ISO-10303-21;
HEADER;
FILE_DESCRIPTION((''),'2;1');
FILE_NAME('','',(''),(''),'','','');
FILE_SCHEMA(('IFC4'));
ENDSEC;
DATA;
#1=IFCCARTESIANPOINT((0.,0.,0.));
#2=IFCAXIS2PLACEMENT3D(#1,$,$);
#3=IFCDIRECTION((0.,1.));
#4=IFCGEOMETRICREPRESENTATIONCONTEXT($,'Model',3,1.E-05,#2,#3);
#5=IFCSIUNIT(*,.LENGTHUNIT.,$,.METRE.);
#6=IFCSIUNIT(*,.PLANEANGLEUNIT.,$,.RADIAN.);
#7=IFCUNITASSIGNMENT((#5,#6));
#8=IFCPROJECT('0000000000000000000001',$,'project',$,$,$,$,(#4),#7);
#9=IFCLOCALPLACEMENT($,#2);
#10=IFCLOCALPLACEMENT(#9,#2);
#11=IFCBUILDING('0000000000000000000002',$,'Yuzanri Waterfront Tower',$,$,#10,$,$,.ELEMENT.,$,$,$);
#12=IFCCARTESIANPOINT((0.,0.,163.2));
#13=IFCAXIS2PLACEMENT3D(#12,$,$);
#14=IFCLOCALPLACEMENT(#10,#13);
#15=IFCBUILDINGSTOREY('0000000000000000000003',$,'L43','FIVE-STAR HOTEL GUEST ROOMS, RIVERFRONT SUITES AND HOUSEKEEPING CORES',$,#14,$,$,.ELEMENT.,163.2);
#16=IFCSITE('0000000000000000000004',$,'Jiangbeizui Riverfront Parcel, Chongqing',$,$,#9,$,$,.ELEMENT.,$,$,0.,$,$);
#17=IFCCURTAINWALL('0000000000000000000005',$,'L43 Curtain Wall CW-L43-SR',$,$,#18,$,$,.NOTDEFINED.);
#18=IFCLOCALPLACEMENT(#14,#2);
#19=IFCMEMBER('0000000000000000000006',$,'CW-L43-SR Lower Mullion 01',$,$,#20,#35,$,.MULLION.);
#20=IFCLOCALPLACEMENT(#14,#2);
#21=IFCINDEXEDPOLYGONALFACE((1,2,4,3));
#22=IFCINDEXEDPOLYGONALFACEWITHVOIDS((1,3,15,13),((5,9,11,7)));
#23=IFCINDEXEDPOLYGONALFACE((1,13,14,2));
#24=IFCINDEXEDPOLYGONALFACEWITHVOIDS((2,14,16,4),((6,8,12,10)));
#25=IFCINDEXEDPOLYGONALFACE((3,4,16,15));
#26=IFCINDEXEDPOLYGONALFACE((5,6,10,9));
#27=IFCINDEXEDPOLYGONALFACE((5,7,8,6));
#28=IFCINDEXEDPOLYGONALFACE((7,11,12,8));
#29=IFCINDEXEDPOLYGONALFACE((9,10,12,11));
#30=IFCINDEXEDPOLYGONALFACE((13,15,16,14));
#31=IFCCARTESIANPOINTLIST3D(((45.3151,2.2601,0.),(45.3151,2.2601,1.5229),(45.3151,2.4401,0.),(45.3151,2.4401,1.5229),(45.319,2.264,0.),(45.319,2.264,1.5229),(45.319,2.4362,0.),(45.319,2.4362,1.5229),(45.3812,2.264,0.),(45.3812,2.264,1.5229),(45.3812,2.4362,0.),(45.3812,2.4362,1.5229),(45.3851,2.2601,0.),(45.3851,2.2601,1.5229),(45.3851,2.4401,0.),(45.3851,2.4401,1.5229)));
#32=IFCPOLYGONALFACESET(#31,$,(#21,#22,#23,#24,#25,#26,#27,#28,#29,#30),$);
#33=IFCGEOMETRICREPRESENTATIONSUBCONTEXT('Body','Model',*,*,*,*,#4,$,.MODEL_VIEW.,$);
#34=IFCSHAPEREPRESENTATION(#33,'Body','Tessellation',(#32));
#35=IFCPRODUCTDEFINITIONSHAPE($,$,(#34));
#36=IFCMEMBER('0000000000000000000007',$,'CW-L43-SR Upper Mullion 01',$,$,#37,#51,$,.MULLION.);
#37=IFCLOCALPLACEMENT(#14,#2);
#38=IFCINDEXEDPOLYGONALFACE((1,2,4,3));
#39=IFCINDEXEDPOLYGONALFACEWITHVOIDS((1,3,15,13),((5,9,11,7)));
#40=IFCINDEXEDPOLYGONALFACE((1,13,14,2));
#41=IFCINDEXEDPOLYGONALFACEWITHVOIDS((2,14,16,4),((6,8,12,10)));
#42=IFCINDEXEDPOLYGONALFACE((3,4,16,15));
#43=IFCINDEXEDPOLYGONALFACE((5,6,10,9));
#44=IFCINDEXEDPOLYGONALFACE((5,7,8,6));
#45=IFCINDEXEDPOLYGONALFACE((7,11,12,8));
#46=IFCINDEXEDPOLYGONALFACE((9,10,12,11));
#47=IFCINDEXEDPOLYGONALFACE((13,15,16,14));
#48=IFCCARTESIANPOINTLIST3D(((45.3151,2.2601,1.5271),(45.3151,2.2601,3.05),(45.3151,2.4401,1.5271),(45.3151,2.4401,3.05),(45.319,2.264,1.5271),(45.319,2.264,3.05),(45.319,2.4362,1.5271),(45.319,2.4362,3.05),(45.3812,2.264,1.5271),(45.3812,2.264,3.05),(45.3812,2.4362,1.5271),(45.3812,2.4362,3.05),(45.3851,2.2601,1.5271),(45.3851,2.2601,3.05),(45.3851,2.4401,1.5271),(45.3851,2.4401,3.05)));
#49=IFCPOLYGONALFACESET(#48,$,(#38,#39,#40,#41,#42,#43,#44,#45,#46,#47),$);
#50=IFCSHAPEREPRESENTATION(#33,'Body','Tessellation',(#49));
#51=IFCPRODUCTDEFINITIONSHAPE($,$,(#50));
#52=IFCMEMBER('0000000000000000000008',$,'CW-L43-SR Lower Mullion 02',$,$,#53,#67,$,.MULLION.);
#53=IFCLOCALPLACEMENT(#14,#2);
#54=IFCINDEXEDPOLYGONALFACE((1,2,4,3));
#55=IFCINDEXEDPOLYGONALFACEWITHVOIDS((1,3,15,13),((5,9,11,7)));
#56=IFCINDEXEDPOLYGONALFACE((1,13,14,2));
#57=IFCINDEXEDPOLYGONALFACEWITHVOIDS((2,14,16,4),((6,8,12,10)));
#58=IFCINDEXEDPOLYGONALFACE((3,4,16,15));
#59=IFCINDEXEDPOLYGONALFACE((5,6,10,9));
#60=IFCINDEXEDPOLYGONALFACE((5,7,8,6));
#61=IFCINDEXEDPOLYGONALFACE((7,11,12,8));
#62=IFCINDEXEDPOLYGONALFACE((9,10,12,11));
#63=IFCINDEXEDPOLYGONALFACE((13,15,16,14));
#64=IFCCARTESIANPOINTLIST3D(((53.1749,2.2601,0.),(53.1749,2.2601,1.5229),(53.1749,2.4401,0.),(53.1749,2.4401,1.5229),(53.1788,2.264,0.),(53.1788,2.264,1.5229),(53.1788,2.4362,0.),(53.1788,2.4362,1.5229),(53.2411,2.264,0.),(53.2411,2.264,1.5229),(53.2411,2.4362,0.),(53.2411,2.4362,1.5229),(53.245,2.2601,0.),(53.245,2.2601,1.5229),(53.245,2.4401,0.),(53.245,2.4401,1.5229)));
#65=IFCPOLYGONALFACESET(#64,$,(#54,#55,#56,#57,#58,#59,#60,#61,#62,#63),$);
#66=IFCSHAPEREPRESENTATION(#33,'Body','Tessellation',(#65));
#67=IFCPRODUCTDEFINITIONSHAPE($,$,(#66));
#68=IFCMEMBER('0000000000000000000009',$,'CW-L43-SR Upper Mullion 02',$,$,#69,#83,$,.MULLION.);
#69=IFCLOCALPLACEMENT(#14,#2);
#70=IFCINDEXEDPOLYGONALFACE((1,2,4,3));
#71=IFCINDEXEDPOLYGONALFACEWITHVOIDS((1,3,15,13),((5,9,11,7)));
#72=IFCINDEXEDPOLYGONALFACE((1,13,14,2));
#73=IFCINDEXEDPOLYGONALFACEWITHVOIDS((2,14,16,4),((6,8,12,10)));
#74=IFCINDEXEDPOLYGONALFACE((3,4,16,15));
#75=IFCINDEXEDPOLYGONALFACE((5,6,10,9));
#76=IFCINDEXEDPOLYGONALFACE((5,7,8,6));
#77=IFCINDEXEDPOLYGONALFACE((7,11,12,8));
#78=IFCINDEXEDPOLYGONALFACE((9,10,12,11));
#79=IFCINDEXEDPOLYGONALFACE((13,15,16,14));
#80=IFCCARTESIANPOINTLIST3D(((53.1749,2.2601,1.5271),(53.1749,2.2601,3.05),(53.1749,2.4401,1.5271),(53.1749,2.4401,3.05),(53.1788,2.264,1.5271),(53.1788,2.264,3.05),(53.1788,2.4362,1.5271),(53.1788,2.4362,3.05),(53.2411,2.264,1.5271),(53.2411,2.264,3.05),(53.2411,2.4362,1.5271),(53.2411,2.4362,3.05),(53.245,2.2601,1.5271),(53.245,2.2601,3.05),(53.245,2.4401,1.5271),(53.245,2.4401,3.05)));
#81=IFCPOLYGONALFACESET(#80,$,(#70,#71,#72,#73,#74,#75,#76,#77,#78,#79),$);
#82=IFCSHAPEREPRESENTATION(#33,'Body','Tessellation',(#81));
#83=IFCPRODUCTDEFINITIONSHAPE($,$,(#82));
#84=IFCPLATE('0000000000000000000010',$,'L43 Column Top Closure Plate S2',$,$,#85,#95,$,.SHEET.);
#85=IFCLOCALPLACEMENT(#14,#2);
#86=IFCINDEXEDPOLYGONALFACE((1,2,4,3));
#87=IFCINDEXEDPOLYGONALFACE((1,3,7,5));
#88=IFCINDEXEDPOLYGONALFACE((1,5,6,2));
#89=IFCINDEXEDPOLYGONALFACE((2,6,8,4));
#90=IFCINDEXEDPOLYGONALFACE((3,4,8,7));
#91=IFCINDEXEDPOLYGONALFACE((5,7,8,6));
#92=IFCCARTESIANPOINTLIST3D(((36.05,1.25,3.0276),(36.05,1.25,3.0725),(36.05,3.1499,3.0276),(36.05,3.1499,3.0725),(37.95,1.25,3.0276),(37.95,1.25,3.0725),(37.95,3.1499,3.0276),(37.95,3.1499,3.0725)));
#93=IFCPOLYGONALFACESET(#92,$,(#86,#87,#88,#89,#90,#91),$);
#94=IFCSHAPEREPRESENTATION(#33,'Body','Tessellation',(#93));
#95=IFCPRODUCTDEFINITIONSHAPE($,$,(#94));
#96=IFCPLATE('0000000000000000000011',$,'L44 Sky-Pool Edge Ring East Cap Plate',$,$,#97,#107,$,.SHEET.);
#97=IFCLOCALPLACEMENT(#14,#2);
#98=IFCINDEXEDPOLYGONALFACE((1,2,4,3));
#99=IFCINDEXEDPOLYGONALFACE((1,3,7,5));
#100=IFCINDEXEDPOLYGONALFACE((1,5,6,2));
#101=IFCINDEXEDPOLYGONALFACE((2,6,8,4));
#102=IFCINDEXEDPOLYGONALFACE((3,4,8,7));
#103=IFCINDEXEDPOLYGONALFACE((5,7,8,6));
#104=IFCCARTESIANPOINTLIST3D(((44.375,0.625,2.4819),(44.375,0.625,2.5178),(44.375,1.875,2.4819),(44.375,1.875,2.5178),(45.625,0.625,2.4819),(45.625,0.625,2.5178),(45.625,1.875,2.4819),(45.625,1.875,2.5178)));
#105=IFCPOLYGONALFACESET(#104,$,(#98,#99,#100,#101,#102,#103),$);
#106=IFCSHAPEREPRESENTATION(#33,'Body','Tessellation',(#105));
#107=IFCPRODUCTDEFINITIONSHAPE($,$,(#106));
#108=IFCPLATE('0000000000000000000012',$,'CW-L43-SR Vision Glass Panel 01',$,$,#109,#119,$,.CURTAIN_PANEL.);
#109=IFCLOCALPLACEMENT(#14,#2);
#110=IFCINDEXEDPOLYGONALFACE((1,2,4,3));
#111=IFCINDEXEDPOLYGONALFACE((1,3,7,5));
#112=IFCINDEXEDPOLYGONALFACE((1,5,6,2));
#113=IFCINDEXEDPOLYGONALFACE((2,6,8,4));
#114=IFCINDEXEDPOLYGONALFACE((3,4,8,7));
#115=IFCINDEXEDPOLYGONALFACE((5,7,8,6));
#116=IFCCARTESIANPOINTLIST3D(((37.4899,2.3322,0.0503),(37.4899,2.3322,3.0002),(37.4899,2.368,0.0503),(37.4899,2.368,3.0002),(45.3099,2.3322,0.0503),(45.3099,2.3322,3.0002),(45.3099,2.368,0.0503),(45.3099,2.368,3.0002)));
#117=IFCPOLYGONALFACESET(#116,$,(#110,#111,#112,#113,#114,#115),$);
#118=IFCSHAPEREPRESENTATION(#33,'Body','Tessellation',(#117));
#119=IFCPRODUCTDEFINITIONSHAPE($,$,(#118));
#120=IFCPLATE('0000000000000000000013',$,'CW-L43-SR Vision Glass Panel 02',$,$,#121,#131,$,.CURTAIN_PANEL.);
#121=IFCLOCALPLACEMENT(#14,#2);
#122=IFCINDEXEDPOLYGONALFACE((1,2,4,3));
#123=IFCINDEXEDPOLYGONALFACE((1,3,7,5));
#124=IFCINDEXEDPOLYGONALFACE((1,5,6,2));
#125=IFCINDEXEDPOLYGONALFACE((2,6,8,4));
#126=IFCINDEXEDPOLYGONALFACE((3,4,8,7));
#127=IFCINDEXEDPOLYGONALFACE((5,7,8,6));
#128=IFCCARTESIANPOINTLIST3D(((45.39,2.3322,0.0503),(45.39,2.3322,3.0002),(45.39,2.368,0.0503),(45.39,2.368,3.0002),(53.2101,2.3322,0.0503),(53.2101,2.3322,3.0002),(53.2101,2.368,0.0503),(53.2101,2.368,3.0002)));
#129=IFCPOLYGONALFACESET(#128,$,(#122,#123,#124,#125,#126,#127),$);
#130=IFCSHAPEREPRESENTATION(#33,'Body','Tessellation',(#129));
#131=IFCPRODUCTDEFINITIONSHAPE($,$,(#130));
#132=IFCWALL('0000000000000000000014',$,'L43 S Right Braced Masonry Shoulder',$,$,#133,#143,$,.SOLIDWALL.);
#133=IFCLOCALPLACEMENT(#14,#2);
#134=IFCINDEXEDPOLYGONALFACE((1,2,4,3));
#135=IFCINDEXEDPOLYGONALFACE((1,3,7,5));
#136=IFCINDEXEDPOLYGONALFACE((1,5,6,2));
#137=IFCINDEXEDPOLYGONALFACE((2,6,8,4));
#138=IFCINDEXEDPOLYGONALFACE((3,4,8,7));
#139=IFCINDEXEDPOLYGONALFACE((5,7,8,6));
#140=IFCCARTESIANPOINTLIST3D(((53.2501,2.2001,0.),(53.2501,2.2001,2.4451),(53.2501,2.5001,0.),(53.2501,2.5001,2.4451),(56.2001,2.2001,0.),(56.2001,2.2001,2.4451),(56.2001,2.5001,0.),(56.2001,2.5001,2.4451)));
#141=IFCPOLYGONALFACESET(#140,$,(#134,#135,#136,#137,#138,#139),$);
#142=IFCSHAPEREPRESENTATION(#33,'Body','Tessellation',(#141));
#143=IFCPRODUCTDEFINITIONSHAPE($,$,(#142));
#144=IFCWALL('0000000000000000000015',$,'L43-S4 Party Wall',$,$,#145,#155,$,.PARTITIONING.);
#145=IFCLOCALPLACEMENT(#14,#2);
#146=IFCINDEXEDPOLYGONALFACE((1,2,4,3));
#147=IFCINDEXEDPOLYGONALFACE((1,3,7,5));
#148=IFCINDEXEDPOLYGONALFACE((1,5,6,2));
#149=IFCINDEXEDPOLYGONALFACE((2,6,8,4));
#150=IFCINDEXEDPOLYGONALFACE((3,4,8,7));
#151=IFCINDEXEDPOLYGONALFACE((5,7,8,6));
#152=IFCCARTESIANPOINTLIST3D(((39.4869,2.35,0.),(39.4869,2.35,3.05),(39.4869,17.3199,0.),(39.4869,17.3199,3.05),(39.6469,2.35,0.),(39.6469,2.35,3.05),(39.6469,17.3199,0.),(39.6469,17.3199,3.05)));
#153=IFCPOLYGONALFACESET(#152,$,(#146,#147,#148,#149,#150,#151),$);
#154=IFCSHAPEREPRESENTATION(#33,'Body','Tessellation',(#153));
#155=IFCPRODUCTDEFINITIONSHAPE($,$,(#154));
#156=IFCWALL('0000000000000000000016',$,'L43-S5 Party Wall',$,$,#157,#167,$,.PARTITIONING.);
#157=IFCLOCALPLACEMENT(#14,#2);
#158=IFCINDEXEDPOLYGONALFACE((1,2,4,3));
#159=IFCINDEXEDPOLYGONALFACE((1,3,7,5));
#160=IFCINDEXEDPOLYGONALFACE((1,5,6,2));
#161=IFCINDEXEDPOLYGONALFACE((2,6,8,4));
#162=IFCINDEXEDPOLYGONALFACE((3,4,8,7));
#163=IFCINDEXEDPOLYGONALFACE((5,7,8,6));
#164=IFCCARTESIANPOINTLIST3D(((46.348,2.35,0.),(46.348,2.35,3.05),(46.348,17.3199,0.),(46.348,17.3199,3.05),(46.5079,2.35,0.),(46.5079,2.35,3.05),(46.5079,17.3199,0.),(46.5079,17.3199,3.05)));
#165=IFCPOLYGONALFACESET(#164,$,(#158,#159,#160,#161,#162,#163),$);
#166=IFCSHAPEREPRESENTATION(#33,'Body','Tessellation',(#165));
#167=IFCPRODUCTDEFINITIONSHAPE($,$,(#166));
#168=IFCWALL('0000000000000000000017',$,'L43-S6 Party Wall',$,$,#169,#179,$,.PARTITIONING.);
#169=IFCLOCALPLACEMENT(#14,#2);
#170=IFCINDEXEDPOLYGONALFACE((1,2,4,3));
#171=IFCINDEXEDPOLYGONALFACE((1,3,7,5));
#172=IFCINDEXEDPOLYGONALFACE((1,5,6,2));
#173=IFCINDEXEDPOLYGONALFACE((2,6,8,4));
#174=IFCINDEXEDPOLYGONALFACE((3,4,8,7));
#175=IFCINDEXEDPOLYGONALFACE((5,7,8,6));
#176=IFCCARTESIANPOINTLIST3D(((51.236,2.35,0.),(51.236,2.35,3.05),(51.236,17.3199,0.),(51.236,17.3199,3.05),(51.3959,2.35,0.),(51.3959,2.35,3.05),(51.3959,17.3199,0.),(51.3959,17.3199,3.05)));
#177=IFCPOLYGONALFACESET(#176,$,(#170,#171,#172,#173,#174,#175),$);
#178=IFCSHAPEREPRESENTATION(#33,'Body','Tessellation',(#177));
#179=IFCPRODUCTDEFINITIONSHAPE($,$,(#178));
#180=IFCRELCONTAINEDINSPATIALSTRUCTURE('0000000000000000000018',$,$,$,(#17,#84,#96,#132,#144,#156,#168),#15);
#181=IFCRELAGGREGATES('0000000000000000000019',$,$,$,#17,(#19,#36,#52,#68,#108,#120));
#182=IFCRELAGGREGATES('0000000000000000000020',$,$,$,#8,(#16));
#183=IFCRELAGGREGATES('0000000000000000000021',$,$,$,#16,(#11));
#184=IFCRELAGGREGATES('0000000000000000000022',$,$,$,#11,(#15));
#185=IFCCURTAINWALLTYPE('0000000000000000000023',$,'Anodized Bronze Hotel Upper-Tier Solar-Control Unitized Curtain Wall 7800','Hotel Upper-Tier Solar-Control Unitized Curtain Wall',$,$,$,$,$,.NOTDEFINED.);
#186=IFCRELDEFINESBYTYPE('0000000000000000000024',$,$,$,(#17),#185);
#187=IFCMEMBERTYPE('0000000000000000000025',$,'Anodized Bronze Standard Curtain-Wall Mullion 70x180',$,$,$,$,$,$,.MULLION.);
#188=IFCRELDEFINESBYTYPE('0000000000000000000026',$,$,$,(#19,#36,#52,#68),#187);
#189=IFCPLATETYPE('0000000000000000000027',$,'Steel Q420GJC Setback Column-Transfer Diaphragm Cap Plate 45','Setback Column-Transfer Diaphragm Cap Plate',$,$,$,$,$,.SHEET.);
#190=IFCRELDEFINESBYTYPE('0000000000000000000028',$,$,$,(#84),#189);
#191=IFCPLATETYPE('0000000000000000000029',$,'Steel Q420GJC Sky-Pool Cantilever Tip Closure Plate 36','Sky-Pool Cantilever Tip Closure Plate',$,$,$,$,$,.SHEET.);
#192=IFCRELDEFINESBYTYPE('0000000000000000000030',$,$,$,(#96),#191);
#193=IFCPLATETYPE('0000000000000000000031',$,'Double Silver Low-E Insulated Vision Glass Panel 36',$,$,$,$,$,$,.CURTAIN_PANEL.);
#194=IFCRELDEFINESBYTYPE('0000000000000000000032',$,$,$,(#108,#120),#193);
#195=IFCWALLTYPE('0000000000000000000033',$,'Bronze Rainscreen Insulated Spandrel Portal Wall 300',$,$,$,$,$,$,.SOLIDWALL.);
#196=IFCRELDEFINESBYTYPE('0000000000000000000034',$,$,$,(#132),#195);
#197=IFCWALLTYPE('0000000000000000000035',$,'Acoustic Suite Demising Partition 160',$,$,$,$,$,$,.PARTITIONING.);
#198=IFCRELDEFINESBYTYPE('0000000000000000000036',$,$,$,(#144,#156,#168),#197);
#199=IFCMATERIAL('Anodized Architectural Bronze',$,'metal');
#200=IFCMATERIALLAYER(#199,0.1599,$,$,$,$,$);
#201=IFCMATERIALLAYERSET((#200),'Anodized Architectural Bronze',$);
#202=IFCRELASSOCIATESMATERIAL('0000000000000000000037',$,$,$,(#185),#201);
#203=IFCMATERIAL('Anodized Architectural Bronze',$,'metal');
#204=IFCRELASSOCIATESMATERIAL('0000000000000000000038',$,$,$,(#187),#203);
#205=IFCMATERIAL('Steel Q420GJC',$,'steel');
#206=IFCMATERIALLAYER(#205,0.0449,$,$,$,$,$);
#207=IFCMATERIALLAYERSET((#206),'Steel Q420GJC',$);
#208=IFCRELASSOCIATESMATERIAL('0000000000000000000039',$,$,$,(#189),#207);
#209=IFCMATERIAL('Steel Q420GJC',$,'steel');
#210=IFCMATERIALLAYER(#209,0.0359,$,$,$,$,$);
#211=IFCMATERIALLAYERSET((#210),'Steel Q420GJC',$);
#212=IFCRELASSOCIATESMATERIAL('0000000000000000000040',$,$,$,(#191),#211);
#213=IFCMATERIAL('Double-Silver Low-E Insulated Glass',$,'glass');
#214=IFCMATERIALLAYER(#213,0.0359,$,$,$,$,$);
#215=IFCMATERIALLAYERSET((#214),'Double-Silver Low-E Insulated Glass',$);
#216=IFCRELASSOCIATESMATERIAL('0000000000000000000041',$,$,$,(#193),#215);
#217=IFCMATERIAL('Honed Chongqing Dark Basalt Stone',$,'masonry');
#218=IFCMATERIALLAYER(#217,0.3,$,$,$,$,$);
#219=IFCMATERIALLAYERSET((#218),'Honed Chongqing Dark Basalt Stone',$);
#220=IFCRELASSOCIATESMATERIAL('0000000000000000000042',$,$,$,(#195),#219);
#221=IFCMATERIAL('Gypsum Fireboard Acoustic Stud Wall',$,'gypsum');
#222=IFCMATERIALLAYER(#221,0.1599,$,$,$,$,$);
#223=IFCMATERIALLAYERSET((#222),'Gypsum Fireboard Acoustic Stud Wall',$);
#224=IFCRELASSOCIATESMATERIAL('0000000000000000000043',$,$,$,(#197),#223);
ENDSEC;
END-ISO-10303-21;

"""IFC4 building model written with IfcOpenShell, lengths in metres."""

from ifc_helpers import new_model, si_unit, direction, frame, frame_2d, origin, origin_2d, place, context, subcontext, project, spatial, rectangle, hollow_rectangle, extrude, source, transform, mapped, material, layer, layer_set, material_profile, profile_set, type_object, element, aggregate, save


model = new_model("IFC4")

# Units and contexts
model_context = context("Model", 3, precision=1e-05, world=origin(), true_north=direction((0.0, 1.0)))
body_context = subcontext(model_context, "Body", "Model", "MODEL_VIEW")
ifc_project = project(units=[si_unit("LENGTHUNIT", "METRE"), si_unit("PLANEANGLEUNIT", "RADIAN")], contexts=[model_context])

# Site, building, storey
site_placement = place(None, origin())
site = spatial("IfcSite", under=ifc_project, at=site_placement, Name="Jiangbeizui Riverfront Parcel, Chongqing", CompositionType="ELEMENT", RefElevation=0.0)
building_placement = place(site_placement, origin())
building = spatial("IfcBuilding", under=site, at=building_placement, Name="Yuzanri Waterfront Tower", CompositionType="ELEMENT")
storey_placement = place(building_placement, frame((0.0, 0.0, 163.2)))
storey = spatial("IfcBuildingStorey", under=building, at=storey_placement, Name="L43", Description="FIVE-STAR HOTEL GUEST ROOMS, RIVERFRONT SUITES AND HOUSEKEEPING CORES", CompositionType="ELEMENT", Elevation=163.2)

# Curtain wall, members
ifc_material_1 = material(Name="Anodized Architectural Bronze", Category="metal")
ifc_layer_1 = layer(ifc_material_1, 0.1599)
ifc_layer_set_1 = layer_set([ifc_layer_1], Name="Anodized Architectural Bronze")
curtain_wall_type = type_object("IfcCurtainWallType", Name="Anodized Bronze Hotel Upper-Tier Solar-Control Unitized Curtain Wall 7800", Description="Hotel Upper-Tier Solar-Control Unitized Curtain Wall", PredefinedType="NOTDEFINED", material=ifc_layer_set_1)
curtain_wall_placement = place(storey_placement, origin())
curtain_wall = element("IfcCurtainWall", 1, at=curtain_wall_placement, inside=storey, type_object=curtain_wall_type, Name="L43 Curtain Wall CW-L43-SR", PredefinedType="NOTDEFINED")
ifc_material_2 = material(Name="Anodized Architectural Bronze", Category="metal")
ifc_material_profile_1 = material_profile(ifc_material_2, hollow_rectangle(XDim=0.0701, YDim=0.1799, WallThickness=0.0039, at=origin_2d()), Name="CWM 70x180")
ifc_profile_set_1 = profile_set([ifc_material_profile_1], Name="Anodized Architectural Bronze")
member_type_1 = type_object("IfcMemberType", Name="Anodized Bronze Standard Curtain-Wall Mullion 70x180", PredefinedType="MULLION", material=ifc_profile_set_1)
shared_shape_1 = source(origin(), body_context, "Body", "SweptSolid", [
    extrude(hollow_rectangle(XDim=0.0701, YDim=0.1799, WallThickness=0.0039, at=origin_2d()), origin(), (0.0, 0.0, 1.0), 1.5229),
])
member_1_placement = place(storey_placement, frame((45.3501, 2.3501, 0.0), z_axis=(0.0, 0.0, 1.0), x_axis=(1.0, 0.0, 0.0)))
member_1 = element("IfcMember", 2, at=member_1_placement, type_object=member_type_1, Name="CW-L43-SR Lower Mullion 01", PredefinedType="MULLION", context=body_context, shape_type="MappedRepresentation", body=[
    mapped(shared_shape_1, transform((0.0, 0.0, 0.0), scale=1.0)),
])
member_2_placement = place(storey_placement, frame((45.3501, 2.3501, 1.5271), z_axis=(0.0, 0.0, 1.0), x_axis=(1.0, 0.0, 0.0)))
member_2 = element("IfcMember", 3, at=member_2_placement, type_object=member_type_1, Name="CW-L43-SR Upper Mullion 01", PredefinedType="MULLION", context=body_context, shape_type="MappedRepresentation", body=[
    mapped(shared_shape_1, transform((0.0, 0.0, 0.0), scale=1.0)),
])
member_3_placement = place(storey_placement, frame((53.21, 2.3501, 0.0), z_axis=(0.0, 0.0, 1.0), x_axis=(1.0, 0.0, 0.0)))
member_3 = element("IfcMember", 4, at=member_3_placement, type_object=member_type_1, Name="CW-L43-SR Lower Mullion 02", PredefinedType="MULLION", context=body_context, shape_type="MappedRepresentation", body=[
    mapped(shared_shape_1, transform((0.0, 0.0, 0.0), scale=1.0)),
])
member_4_placement = place(storey_placement, frame((53.21, 2.3501, 1.5271), z_axis=(0.0, 0.0, 1.0), x_axis=(1.0, 0.0, 0.0)))
member_4 = element("IfcMember", 5, at=member_4_placement, type_object=member_type_1, Name="CW-L43-SR Upper Mullion 02", PredefinedType="MULLION", context=body_context, shape_type="MappedRepresentation", body=[
    mapped(shared_shape_1, transform((0.0, 0.0, 0.0), scale=1.0)),
])

# Plates
ifc_material_3 = material(Name="Steel Q420GJC", Category="steel")
ifc_layer_2 = layer(ifc_material_3, 0.0449)
ifc_layer_set_2 = layer_set([ifc_layer_2], Name="Steel Q420GJC")
plate_type_1 = type_object("IfcPlateType", Name="Steel Q420GJC Setback Column-Transfer Diaphragm Cap Plate 45", Description="Setback Column-Transfer Diaphragm Cap Plate", PredefinedType="SHEET", material=ifc_layer_set_2)
shared_shape_2 = source(origin(), body_context, "Body", "SweptSolid", [
    extrude(rectangle(XDim=1.8999, YDim=1.8999, at=origin_2d()), origin(), (0.0, 0.0, 1.0), 0.0449),
])
plate_1_placement = place(storey_placement, frame((37.0, 2.2, 3.0276), z_axis=(0.0, 0.0, 1.0), x_axis=(1.0, 0.0, 0.0)))
element("IfcPlate", 6, at=plate_1_placement, inside=storey, type_object=plate_type_1, Name="L43 Column Top Closure Plate S2", PredefinedType="SHEET", context=body_context, shape_type="MappedRepresentation", body=[
    mapped(shared_shape_2, transform((0.0, 0.0, 0.0), scale=1.0)),
])
ifc_material_4 = material(Name="Steel Q420GJC", Category="steel")
ifc_layer_3 = layer(ifc_material_4, 0.0359)
ifc_layer_set_3 = layer_set([ifc_layer_3], Name="Steel Q420GJC")
plate_type_2 = type_object("IfcPlateType", Name="Steel Q420GJC Sky-Pool Cantilever Tip Closure Plate 36", Description="Sky-Pool Cantilever Tip Closure Plate", PredefinedType="SHEET", material=ifc_layer_set_3)
shared_shape_3 = source(origin(), body_context, "Body", "SweptSolid", [
    extrude(rectangle(XDim=1.25, YDim=1.25, at=origin_2d()), origin(), (0.0, 0.0, 1.0), 0.0359),
])
plate_2_placement = place(storey_placement, frame((45.0, 1.25, 2.4819), z_axis=(0.0, 0.0, 1.0), x_axis=(1.0, 0.0, 0.0)))
element("IfcPlate", 7, at=plate_2_placement, inside=storey, type_object=plate_type_2, Name="L44 Sky-Pool Edge Ring East Cap Plate", PredefinedType="SHEET", context=body_context, shape_type="MappedRepresentation", body=[
    mapped(shared_shape_3, transform((0.0, 0.0, 0.0), scale=1.0)),
])

# Plates
ifc_material_5 = material(Name="Double-Silver Low-E Insulated Glass", Category="glass")
ifc_layer_4 = layer(ifc_material_5, 0.0359)
ifc_layer_set_4 = layer_set([ifc_layer_4], Name="Double-Silver Low-E Insulated Glass")
plate_type_3 = type_object("IfcPlateType", Name="Double Silver Low-E Insulated Vision Glass Panel 36", PredefinedType="CURTAIN_PANEL", material=ifc_layer_set_4)
shared_shape_4 = source(origin(), body_context, "Body", "SweptSolid", [
    extrude(rectangle(XDim=7.8201, YDim=0.0359, at=origin_2d()), origin(), (0.0, 0.0, 1.0), 2.95),
])
plate_3_placement = place(storey_placement, frame((41.3999, 2.3501, 0.0503), z_axis=(0.0, 0.0, 1.0), x_axis=(1.0, 0.0, 0.0)))
plate_3 = element("IfcPlate", 8, at=plate_3_placement, type_object=plate_type_3, Name="CW-L43-SR Vision Glass Panel 01", PredefinedType="CURTAIN_PANEL", context=body_context, shape_type="MappedRepresentation", body=[
    mapped(shared_shape_4, transform((0.0, 0.0, 0.0), scale=1.0)),
])
plate_4_placement = place(storey_placement, frame((49.3, 2.3501, 0.0503), z_axis=(0.0, 0.0, 1.0), x_axis=(1.0, 0.0, 0.0)))
plate_4 = element("IfcPlate", 9, at=plate_4_placement, type_object=plate_type_3, Name="CW-L43-SR Vision Glass Panel 02", PredefinedType="CURTAIN_PANEL", context=body_context, shape_type="MappedRepresentation", body=[
    mapped(shared_shape_4, transform((0.0, 0.0, 0.0), scale=1.0)),
])
aggregate(curtain_wall, [member_1, member_2, member_3, member_4, plate_3, plate_4])

# Walls
ifc_material_6 = material(Name="Honed Chongqing Dark Basalt Stone", Category="masonry")
ifc_layer_5 = layer(ifc_material_6, 0.3)
ifc_layer_set_5 = layer_set([ifc_layer_5], Name="Honed Chongqing Dark Basalt Stone")
wall_type_1 = type_object("IfcWallType", Name="Bronze Rainscreen Insulated Spandrel Portal Wall 300", PredefinedType="SOLIDWALL", material=ifc_layer_set_5)
shared_shape_5 = source(origin(), body_context, "Body", "SweptSolid", [
    extrude(rectangle(XDim=2.95, YDim=0.3, at=frame_2d((1.4751, 0.0))), origin(), (0.0, 0.0, 1.0), 2.4451),
])
wall_placement = place(storey_placement, frame((53.25, 2.3501, 0.0), z_axis=(0.0, 0.0, 1.0), x_axis=(1.0, 0.0, 0.0)))
element("IfcWall", 10, at=wall_placement, inside=storey, type_object=wall_type_1, Name="L43 S Right Braced Masonry Shoulder", PredefinedType="SOLIDWALL", context=body_context, shape_type="MappedRepresentation", body=[
    mapped(shared_shape_5, transform((0.0, 0.0, 0.0), scale=1.0)),
])
ifc_material_7 = material(Name="Gypsum Fireboard Acoustic Stud Wall", Category="gypsum")
ifc_layer_6 = layer(ifc_material_7, 0.1599)
ifc_layer_set_6 = layer_set([ifc_layer_6], Name="Gypsum Fireboard Acoustic Stud Wall")
wall_type_2 = type_object("IfcWallType", Name="Acoustic Suite Demising Partition 160", PredefinedType="PARTITIONING", material=ifc_layer_set_6)
shared_shape_6 = source(origin(), body_context, "Body", "SweptSolid", [
    extrude(rectangle(XDim=14.97, YDim=0.1599, at=frame_2d((7.4849, 0.0))), origin(), (0.0, 0.0, 1.0), 3.05),
])
for number, where, z_axis, x_axis, name in (
    (11, (39.5669, 2.3501, 0.0), (0.0, 0.0, 1.0), (0.0, 1.0, 0.0), "L43-S4 Party Wall"),
    (12, (46.428, 2.3501, 0.0), (0.0, 0.0, 1.0), (0.0, 1.0, 0.0), "L43-S5 Party Wall"),
    (13, (51.3159, 2.3501, 0.0), (0.0, 0.0, 1.0), (0.0, 1.0, 0.0), "L43-S6 Party Wall"),
):
    element("IfcWall", number, at=place(storey_placement, frame(where, z_axis=z_axis, x_axis=x_axis)), inside=storey, type_object=wall_type_2, Name=name, PredefinedType="PARTITIONING", context=body_context, shape_type="MappedRepresentation", body=[
        mapped(shared_shape_6, transform((0.0, 0.0, 0.0), scale=1.0)),
    ])

save(model, "model.ifc")
